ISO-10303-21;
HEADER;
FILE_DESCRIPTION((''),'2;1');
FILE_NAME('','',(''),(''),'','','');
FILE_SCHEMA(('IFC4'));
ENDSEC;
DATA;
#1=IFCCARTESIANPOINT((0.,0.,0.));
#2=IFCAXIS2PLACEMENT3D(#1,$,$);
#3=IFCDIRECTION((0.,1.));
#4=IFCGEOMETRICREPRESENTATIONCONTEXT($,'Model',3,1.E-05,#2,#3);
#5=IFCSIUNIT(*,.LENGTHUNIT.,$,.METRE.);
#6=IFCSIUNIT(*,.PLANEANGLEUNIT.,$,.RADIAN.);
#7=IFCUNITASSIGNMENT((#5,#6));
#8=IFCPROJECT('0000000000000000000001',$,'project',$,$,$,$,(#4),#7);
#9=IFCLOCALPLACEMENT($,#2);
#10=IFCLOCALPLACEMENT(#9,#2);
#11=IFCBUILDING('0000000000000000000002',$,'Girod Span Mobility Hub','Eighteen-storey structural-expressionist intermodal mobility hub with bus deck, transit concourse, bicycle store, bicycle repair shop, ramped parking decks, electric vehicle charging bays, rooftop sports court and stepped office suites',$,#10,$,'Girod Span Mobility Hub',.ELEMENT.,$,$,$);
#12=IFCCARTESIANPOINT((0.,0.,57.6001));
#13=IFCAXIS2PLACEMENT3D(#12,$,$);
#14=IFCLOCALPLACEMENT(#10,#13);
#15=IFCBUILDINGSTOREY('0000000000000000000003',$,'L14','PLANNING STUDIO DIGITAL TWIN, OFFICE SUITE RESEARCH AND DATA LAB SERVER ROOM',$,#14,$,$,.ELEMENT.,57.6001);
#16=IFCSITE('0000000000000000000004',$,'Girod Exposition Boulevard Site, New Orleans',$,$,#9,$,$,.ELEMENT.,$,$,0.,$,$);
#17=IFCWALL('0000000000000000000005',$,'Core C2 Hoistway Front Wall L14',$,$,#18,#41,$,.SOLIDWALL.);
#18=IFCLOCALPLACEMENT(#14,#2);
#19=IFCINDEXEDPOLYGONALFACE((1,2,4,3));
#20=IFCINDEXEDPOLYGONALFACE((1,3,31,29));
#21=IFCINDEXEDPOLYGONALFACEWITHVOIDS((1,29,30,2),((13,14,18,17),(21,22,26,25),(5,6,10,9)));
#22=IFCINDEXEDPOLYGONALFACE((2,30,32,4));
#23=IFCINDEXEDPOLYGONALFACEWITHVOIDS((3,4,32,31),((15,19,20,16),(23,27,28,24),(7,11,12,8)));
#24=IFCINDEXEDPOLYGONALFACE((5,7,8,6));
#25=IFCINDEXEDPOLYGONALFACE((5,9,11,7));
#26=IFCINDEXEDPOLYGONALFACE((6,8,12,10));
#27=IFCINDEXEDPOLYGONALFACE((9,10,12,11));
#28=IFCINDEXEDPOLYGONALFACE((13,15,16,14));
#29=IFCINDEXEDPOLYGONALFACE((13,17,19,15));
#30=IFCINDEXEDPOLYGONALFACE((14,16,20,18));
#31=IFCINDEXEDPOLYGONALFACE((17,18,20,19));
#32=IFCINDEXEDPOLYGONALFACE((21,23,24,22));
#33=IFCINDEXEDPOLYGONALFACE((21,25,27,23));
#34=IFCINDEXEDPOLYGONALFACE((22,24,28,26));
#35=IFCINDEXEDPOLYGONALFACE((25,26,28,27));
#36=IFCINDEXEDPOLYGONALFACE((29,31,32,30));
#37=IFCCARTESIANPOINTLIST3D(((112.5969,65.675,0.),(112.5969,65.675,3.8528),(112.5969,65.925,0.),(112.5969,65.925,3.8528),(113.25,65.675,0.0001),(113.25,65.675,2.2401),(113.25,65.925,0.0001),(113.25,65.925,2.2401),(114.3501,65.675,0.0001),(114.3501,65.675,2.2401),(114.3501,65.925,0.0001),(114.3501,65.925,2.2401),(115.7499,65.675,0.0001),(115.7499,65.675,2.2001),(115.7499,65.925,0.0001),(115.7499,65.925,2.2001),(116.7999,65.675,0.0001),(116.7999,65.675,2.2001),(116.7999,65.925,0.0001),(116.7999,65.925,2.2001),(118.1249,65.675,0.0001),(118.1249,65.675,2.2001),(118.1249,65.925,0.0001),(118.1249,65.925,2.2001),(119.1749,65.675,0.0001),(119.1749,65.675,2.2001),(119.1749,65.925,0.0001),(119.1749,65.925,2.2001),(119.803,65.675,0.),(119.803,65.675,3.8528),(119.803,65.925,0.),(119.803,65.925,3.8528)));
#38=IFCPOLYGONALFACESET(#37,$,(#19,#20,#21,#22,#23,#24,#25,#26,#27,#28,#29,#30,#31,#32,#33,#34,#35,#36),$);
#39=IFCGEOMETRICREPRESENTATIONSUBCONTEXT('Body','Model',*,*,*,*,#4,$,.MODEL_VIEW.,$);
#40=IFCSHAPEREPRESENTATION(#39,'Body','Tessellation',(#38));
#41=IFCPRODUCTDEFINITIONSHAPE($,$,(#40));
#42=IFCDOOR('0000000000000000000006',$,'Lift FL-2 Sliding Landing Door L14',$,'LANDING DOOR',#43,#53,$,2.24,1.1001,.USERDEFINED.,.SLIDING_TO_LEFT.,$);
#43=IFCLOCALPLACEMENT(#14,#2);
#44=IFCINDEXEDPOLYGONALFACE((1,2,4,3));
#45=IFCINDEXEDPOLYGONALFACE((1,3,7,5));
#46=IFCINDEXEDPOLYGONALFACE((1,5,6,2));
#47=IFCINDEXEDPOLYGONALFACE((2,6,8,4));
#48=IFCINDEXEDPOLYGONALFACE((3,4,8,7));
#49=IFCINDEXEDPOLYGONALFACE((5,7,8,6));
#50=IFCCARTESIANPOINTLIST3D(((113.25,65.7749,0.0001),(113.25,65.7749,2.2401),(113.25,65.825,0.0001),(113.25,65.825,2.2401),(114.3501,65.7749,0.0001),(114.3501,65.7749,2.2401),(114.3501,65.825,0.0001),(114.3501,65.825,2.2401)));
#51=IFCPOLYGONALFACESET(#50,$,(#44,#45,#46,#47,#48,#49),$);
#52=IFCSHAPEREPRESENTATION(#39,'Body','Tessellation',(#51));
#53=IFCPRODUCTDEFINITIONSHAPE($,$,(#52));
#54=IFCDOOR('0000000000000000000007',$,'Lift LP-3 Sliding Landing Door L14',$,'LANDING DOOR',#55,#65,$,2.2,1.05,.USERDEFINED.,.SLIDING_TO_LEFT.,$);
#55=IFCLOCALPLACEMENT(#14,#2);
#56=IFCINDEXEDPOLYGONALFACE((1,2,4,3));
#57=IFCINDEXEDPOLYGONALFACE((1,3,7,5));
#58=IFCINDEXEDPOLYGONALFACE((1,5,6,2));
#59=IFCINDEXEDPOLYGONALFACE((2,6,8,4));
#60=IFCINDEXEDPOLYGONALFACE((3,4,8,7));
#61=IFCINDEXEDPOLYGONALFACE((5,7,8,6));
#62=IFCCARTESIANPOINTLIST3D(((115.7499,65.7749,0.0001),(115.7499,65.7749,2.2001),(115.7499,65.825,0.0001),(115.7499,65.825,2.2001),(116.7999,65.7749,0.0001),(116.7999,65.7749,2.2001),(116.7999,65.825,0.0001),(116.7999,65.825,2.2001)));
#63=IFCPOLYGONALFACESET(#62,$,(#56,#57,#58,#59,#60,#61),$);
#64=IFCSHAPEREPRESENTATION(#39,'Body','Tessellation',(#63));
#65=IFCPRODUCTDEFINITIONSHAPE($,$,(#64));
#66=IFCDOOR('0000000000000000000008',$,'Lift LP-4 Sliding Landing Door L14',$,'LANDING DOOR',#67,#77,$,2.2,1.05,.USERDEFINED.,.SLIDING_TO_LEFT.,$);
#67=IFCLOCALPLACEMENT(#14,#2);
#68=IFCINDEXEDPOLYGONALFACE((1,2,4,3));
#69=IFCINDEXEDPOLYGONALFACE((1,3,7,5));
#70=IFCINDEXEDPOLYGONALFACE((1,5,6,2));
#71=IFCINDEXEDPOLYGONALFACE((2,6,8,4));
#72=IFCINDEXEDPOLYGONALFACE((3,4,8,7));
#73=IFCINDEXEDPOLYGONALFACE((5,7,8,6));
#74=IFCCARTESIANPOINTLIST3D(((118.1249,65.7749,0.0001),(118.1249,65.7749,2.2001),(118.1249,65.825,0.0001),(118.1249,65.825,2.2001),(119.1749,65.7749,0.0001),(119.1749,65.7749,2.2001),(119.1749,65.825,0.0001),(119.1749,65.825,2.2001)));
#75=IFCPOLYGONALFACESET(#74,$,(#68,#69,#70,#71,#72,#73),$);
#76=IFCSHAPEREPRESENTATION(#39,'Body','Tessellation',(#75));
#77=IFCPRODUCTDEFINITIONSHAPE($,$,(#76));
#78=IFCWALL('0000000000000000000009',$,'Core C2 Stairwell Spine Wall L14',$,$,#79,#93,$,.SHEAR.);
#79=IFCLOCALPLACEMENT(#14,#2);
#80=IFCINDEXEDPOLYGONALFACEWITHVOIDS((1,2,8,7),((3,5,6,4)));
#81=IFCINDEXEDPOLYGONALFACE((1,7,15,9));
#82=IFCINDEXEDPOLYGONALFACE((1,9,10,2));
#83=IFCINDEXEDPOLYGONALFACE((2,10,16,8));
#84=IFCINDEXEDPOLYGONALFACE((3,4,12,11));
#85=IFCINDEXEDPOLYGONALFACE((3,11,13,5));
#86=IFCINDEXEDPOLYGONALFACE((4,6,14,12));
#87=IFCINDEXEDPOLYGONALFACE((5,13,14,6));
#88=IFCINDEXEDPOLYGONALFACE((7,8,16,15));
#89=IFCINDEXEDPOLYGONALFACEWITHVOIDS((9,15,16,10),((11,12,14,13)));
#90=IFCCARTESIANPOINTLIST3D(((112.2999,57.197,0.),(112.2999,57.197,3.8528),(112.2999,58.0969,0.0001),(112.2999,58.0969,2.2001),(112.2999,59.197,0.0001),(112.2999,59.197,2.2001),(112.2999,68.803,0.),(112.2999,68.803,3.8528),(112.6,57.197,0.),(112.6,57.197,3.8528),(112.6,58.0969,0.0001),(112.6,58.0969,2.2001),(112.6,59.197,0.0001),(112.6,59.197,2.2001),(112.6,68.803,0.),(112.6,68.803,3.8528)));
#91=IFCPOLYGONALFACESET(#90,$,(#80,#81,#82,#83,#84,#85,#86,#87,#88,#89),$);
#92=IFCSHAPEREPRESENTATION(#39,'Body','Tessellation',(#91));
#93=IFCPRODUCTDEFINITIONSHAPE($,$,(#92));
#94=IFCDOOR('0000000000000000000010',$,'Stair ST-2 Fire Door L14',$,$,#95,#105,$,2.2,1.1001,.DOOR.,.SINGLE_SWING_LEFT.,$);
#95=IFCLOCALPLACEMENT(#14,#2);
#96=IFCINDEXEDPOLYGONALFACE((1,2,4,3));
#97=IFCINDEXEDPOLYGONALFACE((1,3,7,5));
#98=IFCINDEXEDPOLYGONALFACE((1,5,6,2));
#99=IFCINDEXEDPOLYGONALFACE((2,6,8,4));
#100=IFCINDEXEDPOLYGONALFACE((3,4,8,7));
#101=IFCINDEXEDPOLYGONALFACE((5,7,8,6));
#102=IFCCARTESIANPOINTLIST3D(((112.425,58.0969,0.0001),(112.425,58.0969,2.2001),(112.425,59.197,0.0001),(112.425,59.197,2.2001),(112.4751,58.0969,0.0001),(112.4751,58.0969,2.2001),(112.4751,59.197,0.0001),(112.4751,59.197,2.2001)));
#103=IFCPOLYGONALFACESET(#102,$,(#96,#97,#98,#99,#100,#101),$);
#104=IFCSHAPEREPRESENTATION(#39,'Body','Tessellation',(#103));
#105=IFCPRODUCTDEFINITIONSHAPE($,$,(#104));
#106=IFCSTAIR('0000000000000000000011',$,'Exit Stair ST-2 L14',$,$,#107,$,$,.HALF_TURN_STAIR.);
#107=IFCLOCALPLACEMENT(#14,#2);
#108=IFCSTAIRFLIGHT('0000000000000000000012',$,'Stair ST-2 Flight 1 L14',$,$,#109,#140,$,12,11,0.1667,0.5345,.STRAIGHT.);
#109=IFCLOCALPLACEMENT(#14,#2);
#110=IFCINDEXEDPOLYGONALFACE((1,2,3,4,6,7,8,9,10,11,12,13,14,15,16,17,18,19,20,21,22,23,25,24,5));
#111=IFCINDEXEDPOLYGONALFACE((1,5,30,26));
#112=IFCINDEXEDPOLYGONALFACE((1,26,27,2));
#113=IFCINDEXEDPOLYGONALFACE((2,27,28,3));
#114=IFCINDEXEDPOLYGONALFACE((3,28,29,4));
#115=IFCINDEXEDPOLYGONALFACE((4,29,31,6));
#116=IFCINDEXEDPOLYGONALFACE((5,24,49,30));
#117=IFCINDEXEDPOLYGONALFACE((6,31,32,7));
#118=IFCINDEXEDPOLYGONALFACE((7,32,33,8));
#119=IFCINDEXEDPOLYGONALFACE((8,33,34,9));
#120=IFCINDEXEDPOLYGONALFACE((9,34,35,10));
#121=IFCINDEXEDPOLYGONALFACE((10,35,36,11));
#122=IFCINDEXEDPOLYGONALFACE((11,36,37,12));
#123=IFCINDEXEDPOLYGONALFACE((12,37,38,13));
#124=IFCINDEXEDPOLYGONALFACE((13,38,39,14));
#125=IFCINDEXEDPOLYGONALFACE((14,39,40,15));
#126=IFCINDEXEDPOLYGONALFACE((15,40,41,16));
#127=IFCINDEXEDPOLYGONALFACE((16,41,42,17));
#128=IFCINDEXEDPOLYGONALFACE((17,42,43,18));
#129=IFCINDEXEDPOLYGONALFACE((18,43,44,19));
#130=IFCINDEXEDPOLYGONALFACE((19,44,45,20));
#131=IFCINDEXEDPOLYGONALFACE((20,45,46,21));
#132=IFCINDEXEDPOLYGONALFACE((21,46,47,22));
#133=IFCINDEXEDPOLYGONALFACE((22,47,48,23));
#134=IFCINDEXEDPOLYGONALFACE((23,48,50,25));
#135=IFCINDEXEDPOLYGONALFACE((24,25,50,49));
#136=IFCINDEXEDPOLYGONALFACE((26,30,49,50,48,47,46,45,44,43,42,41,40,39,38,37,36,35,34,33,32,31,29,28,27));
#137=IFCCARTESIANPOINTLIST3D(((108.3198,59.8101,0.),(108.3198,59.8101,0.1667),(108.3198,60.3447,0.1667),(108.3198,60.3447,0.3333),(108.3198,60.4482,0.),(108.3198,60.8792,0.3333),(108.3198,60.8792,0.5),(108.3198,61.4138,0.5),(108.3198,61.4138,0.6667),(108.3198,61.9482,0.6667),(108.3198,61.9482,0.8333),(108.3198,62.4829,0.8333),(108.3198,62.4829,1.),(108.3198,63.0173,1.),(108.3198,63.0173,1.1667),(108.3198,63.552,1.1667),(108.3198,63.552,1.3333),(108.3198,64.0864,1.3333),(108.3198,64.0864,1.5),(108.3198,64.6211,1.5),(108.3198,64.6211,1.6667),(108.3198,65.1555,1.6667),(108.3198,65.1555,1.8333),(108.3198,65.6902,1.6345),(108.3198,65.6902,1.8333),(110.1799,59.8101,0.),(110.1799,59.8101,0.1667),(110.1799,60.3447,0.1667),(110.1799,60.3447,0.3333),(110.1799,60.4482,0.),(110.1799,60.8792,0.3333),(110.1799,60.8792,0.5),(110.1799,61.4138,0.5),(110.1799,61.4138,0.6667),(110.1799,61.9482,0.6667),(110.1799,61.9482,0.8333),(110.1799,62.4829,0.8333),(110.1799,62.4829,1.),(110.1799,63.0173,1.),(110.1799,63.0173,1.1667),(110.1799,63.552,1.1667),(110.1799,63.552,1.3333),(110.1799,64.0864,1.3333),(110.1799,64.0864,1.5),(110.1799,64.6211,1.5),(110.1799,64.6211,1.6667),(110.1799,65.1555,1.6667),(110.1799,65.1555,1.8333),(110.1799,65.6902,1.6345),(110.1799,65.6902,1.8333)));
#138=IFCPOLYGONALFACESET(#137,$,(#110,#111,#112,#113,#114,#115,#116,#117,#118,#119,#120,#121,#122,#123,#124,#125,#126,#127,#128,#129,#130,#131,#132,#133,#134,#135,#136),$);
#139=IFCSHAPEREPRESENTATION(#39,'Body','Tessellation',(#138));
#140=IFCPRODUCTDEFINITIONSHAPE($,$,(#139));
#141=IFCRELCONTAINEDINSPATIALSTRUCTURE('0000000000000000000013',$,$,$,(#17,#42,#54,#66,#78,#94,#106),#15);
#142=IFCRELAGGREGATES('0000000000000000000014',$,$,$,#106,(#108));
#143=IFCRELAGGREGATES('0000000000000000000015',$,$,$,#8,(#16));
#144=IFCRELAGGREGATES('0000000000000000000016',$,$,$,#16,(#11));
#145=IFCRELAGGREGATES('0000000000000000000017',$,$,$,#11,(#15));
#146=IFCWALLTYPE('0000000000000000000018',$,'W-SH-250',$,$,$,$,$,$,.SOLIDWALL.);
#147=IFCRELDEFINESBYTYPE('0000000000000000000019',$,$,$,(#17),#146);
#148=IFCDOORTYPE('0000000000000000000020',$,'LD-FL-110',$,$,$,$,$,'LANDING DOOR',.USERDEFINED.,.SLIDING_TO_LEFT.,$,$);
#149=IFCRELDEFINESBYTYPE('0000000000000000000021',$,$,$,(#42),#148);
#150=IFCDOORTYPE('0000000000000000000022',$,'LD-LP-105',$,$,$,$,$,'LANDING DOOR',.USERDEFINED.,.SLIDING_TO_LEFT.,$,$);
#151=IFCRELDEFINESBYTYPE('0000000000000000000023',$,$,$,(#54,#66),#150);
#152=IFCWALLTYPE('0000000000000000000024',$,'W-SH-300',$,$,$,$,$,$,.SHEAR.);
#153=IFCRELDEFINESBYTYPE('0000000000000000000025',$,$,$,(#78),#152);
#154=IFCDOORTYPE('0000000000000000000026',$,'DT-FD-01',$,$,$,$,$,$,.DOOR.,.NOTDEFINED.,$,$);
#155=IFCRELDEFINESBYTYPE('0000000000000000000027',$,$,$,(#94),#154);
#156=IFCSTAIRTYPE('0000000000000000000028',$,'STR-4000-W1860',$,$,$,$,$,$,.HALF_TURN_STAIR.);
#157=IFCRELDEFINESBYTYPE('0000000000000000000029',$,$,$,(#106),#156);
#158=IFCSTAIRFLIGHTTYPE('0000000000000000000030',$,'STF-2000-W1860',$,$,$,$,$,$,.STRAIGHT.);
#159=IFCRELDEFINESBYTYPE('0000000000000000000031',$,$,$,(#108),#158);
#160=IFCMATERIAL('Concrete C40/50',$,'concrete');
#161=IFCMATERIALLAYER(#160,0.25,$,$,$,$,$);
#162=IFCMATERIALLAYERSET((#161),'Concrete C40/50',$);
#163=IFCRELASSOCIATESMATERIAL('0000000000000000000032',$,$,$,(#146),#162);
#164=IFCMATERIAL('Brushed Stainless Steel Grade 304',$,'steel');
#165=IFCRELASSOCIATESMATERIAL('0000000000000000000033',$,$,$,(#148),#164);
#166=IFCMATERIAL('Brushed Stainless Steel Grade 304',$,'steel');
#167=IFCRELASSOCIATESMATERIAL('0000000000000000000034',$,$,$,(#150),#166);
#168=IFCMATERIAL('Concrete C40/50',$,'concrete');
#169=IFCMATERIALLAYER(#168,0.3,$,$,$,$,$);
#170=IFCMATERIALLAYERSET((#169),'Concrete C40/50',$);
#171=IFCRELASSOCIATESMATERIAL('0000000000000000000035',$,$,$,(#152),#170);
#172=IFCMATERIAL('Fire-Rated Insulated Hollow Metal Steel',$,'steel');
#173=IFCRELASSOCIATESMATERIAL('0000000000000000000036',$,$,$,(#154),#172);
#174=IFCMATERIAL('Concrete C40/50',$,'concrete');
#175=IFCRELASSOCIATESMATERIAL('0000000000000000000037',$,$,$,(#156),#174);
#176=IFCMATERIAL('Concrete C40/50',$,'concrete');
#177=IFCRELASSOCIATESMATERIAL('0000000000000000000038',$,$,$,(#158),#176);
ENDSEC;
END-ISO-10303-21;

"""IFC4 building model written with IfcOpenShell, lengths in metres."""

from ifc_helpers import new_model, si_unit, direction, frame, frame_2d, origin, place, context, subcontext, project, spatial, polyline, rectangle, outline, extrude, material, layer, layer_set, type_object, element, fill, aggregate, save


model = new_model("IFC4")

# Units and contexts
model_context = context("Model", 3, precision=1e-05, world=origin(), true_north=direction((0.0, 1.0)))
body_context = subcontext(model_context, "Body", "Model", "MODEL_VIEW")
ifc_project = project(units=[si_unit("LENGTHUNIT", "METRE"), si_unit("PLANEANGLEUNIT", "RADIAN")], contexts=[model_context])

# Site, building, storey
site_placement = place(None, origin())
site = spatial("IfcSite", under=ifc_project, at=site_placement, Name="Girod Exposition Boulevard Site, New Orleans", CompositionType="ELEMENT", RefElevation=0.0)
building_placement = place(site_placement, origin())
building = spatial("IfcBuilding", under=site, at=building_placement, Name="Girod Span Mobility Hub", Description="Eighteen-storey structural-expressionist intermodal mobility hub with bus deck, transit concourse, bicycle store, bicycle repair shop, ramped parking decks, electric vehicle charging bays, rooftop sports court and stepped office suites", LongName="Girod Span Mobility Hub", CompositionType="ELEMENT")
storey_placement = place(building_placement, frame((0.0, 0.0, 57.6001)))
storey = spatial("IfcBuildingStorey", under=building, at=storey_placement, Name="L14", Description="PLANNING STUDIO DIGITAL TWIN, OFFICE SUITE RESEARCH AND DATA LAB SERVER ROOM", CompositionType="ELEMENT", Elevation=57.6001)

# Wall, openings, doors
ifc_material_1 = material(Name="Concrete C40/50", Category="concrete")
ifc_layer_1 = layer(ifc_material_1, 0.25)
ifc_layer_set_1 = layer_set([ifc_layer_1], Name="Concrete C40/50")
wall_type_1 = type_object("IfcWallType", Name="W-SH-250", PredefinedType="SOLIDWALL", material=ifc_layer_set_1)
wall_1_placement = place(storey_placement, frame((112.5969, 65.8, 0.0), z_axis=(0.0, 0.0, 1.0), x_axis=(1.0, 0.0, 0.0)))
wall_1 = element("IfcWall", 1, at=wall_1_placement, inside=storey, type_object=wall_type_1, Name="Core C2 Hoistway Front Wall L14", PredefinedType="SOLIDWALL", context=body_context, shape_type="SweptSolid", body=[
    extrude(rectangle(XDim=7.2061, YDim=0.25, at=frame_2d((3.603, 0.0))), origin(), (0.0, 0.0, 1.0), 3.8528),
])
opening_1_placement = place(wall_1_placement, frame((0.6531, 0.0, 0.0)))
opening_1 = element("IfcOpeningElement", 2, at=opening_1_placement, cuts=wall_1, PredefinedType="OPENING", context=body_context, shape_type="SweptSolid", body=[
    extrude(rectangle(XDim=1.1001, YDim=2.24, at=frame_2d((0.55, 1.1201))), frame((0.0, 0.1399, 0.0), z_axis=(0.0, -1.0, 0.0), x_axis=(1.0, 0.0, 0.0)), (0.0, 0.0, 1.0), 0.28),
])
opening_2_placement = place(wall_1_placement, frame((3.1531, 0.0, 0.0)))
opening_2 = element("IfcOpeningElement", 3, at=opening_2_placement, cuts=wall_1, PredefinedType="OPENING", context=body_context, shape_type="SweptSolid", body=[
    extrude(rectangle(XDim=1.05, YDim=2.2, at=frame_2d((0.5249, 1.1001))), frame((0.0, 0.1399, 0.0), z_axis=(0.0, -1.0, 0.0), x_axis=(1.0, 0.0, 0.0)), (0.0, 0.0, 1.0), 0.28),
])
opening_3_placement = place(wall_1_placement, frame((5.5281, 0.0, 0.0)))
opening_3 = element("IfcOpeningElement", 4, at=opening_3_placement, cuts=wall_1, PredefinedType="OPENING", context=body_context, shape_type="SweptSolid", body=[
    extrude(rectangle(XDim=1.05, YDim=2.2, at=frame_2d((0.5249, 1.1001))), frame((0.0, 0.1399, 0.0), z_axis=(0.0, -1.0, 0.0), x_axis=(1.0, 0.0, 0.0)), (0.0, 0.0, 1.0), 0.28),
])
ifc_material_2 = material(Name="Brushed Stainless Steel Grade 304", Category="steel")
door_type_1 = type_object("IfcDoorType", Name="LD-FL-110", ElementType="LANDING DOOR", OperationType="SLIDING_TO_LEFT", PredefinedType="USERDEFINED", material=ifc_material_2)
door_1_placement = place(opening_1_placement, origin())
door_1 = element("IfcDoor", 5, at=door_1_placement, inside=storey, type_object=door_type_1, Name="Lift FL-2 Sliding Landing Door L14", ObjectType="LANDING DOOR", OperationType="SLIDING_TO_LEFT", OverallHeight=2.24, OverallWidth=1.1001, PredefinedType="USERDEFINED", context=body_context, shape_type="SweptSolid", body=[
    extrude(rectangle(XDim=1.1001, YDim=2.24, at=frame_2d((0.55, 1.1201))), frame((0.0, 0.0249, 0.0), z_axis=(0.0, -1.0, 0.0), x_axis=(1.0, 0.0, 0.0)), (0.0, 0.0, 1.0), 0.05),
])
fill(opening_1, door_1)
ifc_material_3 = material(Name="Brushed Stainless Steel Grade 304", Category="steel")
door_type_2 = type_object("IfcDoorType", Name="LD-LP-105", ElementType="LANDING DOOR", OperationType="SLIDING_TO_LEFT", PredefinedType="USERDEFINED", material=ifc_material_3)
door_2_placement = place(opening_2_placement, origin())
door_2 = element("IfcDoor", 6, at=door_2_placement, inside=storey, type_object=door_type_2, Name="Lift LP-3 Sliding Landing Door L14", ObjectType="LANDING DOOR", OperationType="SLIDING_TO_LEFT", OverallHeight=2.2, OverallWidth=1.05, PredefinedType="USERDEFINED", context=body_context, shape_type="SweptSolid", body=[
    extrude(rectangle(XDim=1.05, YDim=2.2, at=frame_2d((0.5249, 1.1001))), frame((0.0, 0.0249, 0.0), z_axis=(0.0, -1.0, 0.0), x_axis=(1.0, 0.0, 0.0)), (0.0, 0.0, 1.0), 0.05),
])
fill(opening_2, door_2)
door_3_placement = place(opening_3_placement, origin())
door_3 = element("IfcDoor", 7, at=door_3_placement, inside=storey, type_object=door_type_2, Name="Lift LP-4 Sliding Landing Door L14", ObjectType="LANDING DOOR", OperationType="SLIDING_TO_LEFT", OverallHeight=2.2, OverallWidth=1.05, PredefinedType="USERDEFINED", context=body_context, shape_type="SweptSolid", body=[
    extrude(rectangle(XDim=1.05, YDim=2.2, at=frame_2d((0.5249, 1.1001))), frame((0.0, 0.0249, 0.0), z_axis=(0.0, -1.0, 0.0), x_axis=(1.0, 0.0, 0.0)), (0.0, 0.0, 1.0), 0.05),
])
fill(opening_3, door_3)

# Wall, opening, door
ifc_material_4 = material(Name="Concrete C40/50", Category="concrete")
ifc_layer_2 = layer(ifc_material_4, 0.3)
ifc_layer_set_2 = layer_set([ifc_layer_2], Name="Concrete C40/50")
wall_type_2 = type_object("IfcWallType", Name="W-SH-300", PredefinedType="SHEAR", material=ifc_layer_set_2)
wall_2_placement = place(storey_placement, frame((112.45, 57.197, 0.0), z_axis=(0.0, 0.0, 1.0), x_axis=(0.0, 1.0, 0.0)))
wall_2 = element("IfcWall", 8, at=wall_2_placement, inside=storey, type_object=wall_type_2, Name="Core C2 Stairwell Spine Wall L14", PredefinedType="SHEAR", context=body_context, shape_type="SweptSolid", body=[
    extrude(rectangle(XDim=11.606, YDim=0.3, at=frame_2d((5.803, 0.0))), origin(), (0.0, 0.0, 1.0), 3.8528),
])
opening_4_placement = place(wall_2_placement, frame((0.8999, 0.0, 0.0)))
opening_4 = element("IfcOpeningElement", 9, at=opening_4_placement, cuts=wall_2, PredefinedType="OPENING", context=body_context, shape_type="SweptSolid", body=[
    extrude(rectangle(XDim=1.1001, YDim=2.2, at=frame_2d((0.55, 1.1001))), frame((0.0, 0.165, 0.0), z_axis=(0.0, -1.0, 0.0), x_axis=(1.0, 0.0, 0.0)), (0.0, 0.0, 1.0), 0.3301),
])
ifc_material_5 = material(Name="Fire-Rated Insulated Hollow Metal Steel", Category="steel")
door_type_3 = type_object("IfcDoorType", Name="DT-FD-01", OperationType="NOTDEFINED", PredefinedType="DOOR", material=ifc_material_5)
door_4_placement = place(opening_4_placement, origin())
door_4 = element("IfcDoor", 10, at=door_4_placement, inside=storey, type_object=door_type_3, Name="Stair ST-2 Fire Door L14", OperationType="SINGLE_SWING_LEFT", OverallHeight=2.2, OverallWidth=1.1001, PredefinedType="DOOR", context=body_context, shape_type="SweptSolid", body=[
    extrude(rectangle(XDim=1.1001, YDim=2.2, at=frame_2d((0.55, 1.1001))), frame((0.0, 0.0249, 0.0), z_axis=(0.0, -1.0, 0.0), x_axis=(1.0, 0.0, 0.0)), (0.0, 0.0, 1.0), 0.05),
])
fill(opening_4, door_4)

# Stair, stair flight
ifc_material_6 = material(Name="Concrete C40/50", Category="concrete")
stair_type = type_object("IfcStairType", Name="STR-4000-W1860", PredefinedType="HALF_TURN_STAIR", material=ifc_material_6)
stair_placement = place(storey_placement, origin())
stair = element("IfcStair", 11, at=stair_placement, inside=storey, type_object=stair_type, Name="Exit Stair ST-2 L14", PredefinedType="HALF_TURN_STAIR")
ifc_material_7 = material(Name="Concrete C40/50", Category="concrete")
stair_flight_type = type_object("IfcStairFlightType", Name="STF-2000-W1860", PredefinedType="STRAIGHT", material=ifc_material_7)
stair_flight_1_placement = place(storey_placement, frame((109.25, 59.8101, 0.0), z_axis=(0.0, 0.0, 1.0), x_axis=(0.0, 1.0, 0.0)))
stair_flight_1 = element("IfcStairFlight", 12, at=stair_flight_1_placement, type_object=stair_flight_type, Name="Stair ST-2 Flight 1 L14", NumberOfRisers=12, NumberOfTreads=11, PredefinedType="STRAIGHT", RiserHeight=0.1667, TreadLength=0.5345, context=body_context, shape_type="SweptSolid", body=[
    extrude(outline(polyline([(0.0, 0.0), (0.0, 0.1667), (0.5347, 0.1667), (0.5347, 0.3333), (1.0691, 0.3333), (1.0691, 0.5), (1.6038, 0.5), (1.6038, 0.6667), (2.1382, 0.6667), (2.1382, 0.8333), (2.6729, 0.8333), (2.6729, 1.0), (3.2073, 1.0), (3.2073, 1.1667), (3.7419, 1.1667), (3.7419, 1.3333), (4.2764, 1.3333), (4.2764, 1.5), (4.811, 1.5), (4.811, 1.6667), (5.3455, 1.6667), (5.3455, 1.8333), (5.8801, 1.8333), (5.8801, 2.0), (5.8801, 1.6345), (0.6382, 0.0), (0.0, 0.0)])), frame((0.0, 0.9302, 0.0), z_axis=(0.0, -1.0, 0.0), x_axis=(1.0, 0.0, 0.0)), (0.0, 0.0, 1.0), 1.8601),
])
aggregate(stair, [stair_flight_1])

save(model, "model.ifc")
